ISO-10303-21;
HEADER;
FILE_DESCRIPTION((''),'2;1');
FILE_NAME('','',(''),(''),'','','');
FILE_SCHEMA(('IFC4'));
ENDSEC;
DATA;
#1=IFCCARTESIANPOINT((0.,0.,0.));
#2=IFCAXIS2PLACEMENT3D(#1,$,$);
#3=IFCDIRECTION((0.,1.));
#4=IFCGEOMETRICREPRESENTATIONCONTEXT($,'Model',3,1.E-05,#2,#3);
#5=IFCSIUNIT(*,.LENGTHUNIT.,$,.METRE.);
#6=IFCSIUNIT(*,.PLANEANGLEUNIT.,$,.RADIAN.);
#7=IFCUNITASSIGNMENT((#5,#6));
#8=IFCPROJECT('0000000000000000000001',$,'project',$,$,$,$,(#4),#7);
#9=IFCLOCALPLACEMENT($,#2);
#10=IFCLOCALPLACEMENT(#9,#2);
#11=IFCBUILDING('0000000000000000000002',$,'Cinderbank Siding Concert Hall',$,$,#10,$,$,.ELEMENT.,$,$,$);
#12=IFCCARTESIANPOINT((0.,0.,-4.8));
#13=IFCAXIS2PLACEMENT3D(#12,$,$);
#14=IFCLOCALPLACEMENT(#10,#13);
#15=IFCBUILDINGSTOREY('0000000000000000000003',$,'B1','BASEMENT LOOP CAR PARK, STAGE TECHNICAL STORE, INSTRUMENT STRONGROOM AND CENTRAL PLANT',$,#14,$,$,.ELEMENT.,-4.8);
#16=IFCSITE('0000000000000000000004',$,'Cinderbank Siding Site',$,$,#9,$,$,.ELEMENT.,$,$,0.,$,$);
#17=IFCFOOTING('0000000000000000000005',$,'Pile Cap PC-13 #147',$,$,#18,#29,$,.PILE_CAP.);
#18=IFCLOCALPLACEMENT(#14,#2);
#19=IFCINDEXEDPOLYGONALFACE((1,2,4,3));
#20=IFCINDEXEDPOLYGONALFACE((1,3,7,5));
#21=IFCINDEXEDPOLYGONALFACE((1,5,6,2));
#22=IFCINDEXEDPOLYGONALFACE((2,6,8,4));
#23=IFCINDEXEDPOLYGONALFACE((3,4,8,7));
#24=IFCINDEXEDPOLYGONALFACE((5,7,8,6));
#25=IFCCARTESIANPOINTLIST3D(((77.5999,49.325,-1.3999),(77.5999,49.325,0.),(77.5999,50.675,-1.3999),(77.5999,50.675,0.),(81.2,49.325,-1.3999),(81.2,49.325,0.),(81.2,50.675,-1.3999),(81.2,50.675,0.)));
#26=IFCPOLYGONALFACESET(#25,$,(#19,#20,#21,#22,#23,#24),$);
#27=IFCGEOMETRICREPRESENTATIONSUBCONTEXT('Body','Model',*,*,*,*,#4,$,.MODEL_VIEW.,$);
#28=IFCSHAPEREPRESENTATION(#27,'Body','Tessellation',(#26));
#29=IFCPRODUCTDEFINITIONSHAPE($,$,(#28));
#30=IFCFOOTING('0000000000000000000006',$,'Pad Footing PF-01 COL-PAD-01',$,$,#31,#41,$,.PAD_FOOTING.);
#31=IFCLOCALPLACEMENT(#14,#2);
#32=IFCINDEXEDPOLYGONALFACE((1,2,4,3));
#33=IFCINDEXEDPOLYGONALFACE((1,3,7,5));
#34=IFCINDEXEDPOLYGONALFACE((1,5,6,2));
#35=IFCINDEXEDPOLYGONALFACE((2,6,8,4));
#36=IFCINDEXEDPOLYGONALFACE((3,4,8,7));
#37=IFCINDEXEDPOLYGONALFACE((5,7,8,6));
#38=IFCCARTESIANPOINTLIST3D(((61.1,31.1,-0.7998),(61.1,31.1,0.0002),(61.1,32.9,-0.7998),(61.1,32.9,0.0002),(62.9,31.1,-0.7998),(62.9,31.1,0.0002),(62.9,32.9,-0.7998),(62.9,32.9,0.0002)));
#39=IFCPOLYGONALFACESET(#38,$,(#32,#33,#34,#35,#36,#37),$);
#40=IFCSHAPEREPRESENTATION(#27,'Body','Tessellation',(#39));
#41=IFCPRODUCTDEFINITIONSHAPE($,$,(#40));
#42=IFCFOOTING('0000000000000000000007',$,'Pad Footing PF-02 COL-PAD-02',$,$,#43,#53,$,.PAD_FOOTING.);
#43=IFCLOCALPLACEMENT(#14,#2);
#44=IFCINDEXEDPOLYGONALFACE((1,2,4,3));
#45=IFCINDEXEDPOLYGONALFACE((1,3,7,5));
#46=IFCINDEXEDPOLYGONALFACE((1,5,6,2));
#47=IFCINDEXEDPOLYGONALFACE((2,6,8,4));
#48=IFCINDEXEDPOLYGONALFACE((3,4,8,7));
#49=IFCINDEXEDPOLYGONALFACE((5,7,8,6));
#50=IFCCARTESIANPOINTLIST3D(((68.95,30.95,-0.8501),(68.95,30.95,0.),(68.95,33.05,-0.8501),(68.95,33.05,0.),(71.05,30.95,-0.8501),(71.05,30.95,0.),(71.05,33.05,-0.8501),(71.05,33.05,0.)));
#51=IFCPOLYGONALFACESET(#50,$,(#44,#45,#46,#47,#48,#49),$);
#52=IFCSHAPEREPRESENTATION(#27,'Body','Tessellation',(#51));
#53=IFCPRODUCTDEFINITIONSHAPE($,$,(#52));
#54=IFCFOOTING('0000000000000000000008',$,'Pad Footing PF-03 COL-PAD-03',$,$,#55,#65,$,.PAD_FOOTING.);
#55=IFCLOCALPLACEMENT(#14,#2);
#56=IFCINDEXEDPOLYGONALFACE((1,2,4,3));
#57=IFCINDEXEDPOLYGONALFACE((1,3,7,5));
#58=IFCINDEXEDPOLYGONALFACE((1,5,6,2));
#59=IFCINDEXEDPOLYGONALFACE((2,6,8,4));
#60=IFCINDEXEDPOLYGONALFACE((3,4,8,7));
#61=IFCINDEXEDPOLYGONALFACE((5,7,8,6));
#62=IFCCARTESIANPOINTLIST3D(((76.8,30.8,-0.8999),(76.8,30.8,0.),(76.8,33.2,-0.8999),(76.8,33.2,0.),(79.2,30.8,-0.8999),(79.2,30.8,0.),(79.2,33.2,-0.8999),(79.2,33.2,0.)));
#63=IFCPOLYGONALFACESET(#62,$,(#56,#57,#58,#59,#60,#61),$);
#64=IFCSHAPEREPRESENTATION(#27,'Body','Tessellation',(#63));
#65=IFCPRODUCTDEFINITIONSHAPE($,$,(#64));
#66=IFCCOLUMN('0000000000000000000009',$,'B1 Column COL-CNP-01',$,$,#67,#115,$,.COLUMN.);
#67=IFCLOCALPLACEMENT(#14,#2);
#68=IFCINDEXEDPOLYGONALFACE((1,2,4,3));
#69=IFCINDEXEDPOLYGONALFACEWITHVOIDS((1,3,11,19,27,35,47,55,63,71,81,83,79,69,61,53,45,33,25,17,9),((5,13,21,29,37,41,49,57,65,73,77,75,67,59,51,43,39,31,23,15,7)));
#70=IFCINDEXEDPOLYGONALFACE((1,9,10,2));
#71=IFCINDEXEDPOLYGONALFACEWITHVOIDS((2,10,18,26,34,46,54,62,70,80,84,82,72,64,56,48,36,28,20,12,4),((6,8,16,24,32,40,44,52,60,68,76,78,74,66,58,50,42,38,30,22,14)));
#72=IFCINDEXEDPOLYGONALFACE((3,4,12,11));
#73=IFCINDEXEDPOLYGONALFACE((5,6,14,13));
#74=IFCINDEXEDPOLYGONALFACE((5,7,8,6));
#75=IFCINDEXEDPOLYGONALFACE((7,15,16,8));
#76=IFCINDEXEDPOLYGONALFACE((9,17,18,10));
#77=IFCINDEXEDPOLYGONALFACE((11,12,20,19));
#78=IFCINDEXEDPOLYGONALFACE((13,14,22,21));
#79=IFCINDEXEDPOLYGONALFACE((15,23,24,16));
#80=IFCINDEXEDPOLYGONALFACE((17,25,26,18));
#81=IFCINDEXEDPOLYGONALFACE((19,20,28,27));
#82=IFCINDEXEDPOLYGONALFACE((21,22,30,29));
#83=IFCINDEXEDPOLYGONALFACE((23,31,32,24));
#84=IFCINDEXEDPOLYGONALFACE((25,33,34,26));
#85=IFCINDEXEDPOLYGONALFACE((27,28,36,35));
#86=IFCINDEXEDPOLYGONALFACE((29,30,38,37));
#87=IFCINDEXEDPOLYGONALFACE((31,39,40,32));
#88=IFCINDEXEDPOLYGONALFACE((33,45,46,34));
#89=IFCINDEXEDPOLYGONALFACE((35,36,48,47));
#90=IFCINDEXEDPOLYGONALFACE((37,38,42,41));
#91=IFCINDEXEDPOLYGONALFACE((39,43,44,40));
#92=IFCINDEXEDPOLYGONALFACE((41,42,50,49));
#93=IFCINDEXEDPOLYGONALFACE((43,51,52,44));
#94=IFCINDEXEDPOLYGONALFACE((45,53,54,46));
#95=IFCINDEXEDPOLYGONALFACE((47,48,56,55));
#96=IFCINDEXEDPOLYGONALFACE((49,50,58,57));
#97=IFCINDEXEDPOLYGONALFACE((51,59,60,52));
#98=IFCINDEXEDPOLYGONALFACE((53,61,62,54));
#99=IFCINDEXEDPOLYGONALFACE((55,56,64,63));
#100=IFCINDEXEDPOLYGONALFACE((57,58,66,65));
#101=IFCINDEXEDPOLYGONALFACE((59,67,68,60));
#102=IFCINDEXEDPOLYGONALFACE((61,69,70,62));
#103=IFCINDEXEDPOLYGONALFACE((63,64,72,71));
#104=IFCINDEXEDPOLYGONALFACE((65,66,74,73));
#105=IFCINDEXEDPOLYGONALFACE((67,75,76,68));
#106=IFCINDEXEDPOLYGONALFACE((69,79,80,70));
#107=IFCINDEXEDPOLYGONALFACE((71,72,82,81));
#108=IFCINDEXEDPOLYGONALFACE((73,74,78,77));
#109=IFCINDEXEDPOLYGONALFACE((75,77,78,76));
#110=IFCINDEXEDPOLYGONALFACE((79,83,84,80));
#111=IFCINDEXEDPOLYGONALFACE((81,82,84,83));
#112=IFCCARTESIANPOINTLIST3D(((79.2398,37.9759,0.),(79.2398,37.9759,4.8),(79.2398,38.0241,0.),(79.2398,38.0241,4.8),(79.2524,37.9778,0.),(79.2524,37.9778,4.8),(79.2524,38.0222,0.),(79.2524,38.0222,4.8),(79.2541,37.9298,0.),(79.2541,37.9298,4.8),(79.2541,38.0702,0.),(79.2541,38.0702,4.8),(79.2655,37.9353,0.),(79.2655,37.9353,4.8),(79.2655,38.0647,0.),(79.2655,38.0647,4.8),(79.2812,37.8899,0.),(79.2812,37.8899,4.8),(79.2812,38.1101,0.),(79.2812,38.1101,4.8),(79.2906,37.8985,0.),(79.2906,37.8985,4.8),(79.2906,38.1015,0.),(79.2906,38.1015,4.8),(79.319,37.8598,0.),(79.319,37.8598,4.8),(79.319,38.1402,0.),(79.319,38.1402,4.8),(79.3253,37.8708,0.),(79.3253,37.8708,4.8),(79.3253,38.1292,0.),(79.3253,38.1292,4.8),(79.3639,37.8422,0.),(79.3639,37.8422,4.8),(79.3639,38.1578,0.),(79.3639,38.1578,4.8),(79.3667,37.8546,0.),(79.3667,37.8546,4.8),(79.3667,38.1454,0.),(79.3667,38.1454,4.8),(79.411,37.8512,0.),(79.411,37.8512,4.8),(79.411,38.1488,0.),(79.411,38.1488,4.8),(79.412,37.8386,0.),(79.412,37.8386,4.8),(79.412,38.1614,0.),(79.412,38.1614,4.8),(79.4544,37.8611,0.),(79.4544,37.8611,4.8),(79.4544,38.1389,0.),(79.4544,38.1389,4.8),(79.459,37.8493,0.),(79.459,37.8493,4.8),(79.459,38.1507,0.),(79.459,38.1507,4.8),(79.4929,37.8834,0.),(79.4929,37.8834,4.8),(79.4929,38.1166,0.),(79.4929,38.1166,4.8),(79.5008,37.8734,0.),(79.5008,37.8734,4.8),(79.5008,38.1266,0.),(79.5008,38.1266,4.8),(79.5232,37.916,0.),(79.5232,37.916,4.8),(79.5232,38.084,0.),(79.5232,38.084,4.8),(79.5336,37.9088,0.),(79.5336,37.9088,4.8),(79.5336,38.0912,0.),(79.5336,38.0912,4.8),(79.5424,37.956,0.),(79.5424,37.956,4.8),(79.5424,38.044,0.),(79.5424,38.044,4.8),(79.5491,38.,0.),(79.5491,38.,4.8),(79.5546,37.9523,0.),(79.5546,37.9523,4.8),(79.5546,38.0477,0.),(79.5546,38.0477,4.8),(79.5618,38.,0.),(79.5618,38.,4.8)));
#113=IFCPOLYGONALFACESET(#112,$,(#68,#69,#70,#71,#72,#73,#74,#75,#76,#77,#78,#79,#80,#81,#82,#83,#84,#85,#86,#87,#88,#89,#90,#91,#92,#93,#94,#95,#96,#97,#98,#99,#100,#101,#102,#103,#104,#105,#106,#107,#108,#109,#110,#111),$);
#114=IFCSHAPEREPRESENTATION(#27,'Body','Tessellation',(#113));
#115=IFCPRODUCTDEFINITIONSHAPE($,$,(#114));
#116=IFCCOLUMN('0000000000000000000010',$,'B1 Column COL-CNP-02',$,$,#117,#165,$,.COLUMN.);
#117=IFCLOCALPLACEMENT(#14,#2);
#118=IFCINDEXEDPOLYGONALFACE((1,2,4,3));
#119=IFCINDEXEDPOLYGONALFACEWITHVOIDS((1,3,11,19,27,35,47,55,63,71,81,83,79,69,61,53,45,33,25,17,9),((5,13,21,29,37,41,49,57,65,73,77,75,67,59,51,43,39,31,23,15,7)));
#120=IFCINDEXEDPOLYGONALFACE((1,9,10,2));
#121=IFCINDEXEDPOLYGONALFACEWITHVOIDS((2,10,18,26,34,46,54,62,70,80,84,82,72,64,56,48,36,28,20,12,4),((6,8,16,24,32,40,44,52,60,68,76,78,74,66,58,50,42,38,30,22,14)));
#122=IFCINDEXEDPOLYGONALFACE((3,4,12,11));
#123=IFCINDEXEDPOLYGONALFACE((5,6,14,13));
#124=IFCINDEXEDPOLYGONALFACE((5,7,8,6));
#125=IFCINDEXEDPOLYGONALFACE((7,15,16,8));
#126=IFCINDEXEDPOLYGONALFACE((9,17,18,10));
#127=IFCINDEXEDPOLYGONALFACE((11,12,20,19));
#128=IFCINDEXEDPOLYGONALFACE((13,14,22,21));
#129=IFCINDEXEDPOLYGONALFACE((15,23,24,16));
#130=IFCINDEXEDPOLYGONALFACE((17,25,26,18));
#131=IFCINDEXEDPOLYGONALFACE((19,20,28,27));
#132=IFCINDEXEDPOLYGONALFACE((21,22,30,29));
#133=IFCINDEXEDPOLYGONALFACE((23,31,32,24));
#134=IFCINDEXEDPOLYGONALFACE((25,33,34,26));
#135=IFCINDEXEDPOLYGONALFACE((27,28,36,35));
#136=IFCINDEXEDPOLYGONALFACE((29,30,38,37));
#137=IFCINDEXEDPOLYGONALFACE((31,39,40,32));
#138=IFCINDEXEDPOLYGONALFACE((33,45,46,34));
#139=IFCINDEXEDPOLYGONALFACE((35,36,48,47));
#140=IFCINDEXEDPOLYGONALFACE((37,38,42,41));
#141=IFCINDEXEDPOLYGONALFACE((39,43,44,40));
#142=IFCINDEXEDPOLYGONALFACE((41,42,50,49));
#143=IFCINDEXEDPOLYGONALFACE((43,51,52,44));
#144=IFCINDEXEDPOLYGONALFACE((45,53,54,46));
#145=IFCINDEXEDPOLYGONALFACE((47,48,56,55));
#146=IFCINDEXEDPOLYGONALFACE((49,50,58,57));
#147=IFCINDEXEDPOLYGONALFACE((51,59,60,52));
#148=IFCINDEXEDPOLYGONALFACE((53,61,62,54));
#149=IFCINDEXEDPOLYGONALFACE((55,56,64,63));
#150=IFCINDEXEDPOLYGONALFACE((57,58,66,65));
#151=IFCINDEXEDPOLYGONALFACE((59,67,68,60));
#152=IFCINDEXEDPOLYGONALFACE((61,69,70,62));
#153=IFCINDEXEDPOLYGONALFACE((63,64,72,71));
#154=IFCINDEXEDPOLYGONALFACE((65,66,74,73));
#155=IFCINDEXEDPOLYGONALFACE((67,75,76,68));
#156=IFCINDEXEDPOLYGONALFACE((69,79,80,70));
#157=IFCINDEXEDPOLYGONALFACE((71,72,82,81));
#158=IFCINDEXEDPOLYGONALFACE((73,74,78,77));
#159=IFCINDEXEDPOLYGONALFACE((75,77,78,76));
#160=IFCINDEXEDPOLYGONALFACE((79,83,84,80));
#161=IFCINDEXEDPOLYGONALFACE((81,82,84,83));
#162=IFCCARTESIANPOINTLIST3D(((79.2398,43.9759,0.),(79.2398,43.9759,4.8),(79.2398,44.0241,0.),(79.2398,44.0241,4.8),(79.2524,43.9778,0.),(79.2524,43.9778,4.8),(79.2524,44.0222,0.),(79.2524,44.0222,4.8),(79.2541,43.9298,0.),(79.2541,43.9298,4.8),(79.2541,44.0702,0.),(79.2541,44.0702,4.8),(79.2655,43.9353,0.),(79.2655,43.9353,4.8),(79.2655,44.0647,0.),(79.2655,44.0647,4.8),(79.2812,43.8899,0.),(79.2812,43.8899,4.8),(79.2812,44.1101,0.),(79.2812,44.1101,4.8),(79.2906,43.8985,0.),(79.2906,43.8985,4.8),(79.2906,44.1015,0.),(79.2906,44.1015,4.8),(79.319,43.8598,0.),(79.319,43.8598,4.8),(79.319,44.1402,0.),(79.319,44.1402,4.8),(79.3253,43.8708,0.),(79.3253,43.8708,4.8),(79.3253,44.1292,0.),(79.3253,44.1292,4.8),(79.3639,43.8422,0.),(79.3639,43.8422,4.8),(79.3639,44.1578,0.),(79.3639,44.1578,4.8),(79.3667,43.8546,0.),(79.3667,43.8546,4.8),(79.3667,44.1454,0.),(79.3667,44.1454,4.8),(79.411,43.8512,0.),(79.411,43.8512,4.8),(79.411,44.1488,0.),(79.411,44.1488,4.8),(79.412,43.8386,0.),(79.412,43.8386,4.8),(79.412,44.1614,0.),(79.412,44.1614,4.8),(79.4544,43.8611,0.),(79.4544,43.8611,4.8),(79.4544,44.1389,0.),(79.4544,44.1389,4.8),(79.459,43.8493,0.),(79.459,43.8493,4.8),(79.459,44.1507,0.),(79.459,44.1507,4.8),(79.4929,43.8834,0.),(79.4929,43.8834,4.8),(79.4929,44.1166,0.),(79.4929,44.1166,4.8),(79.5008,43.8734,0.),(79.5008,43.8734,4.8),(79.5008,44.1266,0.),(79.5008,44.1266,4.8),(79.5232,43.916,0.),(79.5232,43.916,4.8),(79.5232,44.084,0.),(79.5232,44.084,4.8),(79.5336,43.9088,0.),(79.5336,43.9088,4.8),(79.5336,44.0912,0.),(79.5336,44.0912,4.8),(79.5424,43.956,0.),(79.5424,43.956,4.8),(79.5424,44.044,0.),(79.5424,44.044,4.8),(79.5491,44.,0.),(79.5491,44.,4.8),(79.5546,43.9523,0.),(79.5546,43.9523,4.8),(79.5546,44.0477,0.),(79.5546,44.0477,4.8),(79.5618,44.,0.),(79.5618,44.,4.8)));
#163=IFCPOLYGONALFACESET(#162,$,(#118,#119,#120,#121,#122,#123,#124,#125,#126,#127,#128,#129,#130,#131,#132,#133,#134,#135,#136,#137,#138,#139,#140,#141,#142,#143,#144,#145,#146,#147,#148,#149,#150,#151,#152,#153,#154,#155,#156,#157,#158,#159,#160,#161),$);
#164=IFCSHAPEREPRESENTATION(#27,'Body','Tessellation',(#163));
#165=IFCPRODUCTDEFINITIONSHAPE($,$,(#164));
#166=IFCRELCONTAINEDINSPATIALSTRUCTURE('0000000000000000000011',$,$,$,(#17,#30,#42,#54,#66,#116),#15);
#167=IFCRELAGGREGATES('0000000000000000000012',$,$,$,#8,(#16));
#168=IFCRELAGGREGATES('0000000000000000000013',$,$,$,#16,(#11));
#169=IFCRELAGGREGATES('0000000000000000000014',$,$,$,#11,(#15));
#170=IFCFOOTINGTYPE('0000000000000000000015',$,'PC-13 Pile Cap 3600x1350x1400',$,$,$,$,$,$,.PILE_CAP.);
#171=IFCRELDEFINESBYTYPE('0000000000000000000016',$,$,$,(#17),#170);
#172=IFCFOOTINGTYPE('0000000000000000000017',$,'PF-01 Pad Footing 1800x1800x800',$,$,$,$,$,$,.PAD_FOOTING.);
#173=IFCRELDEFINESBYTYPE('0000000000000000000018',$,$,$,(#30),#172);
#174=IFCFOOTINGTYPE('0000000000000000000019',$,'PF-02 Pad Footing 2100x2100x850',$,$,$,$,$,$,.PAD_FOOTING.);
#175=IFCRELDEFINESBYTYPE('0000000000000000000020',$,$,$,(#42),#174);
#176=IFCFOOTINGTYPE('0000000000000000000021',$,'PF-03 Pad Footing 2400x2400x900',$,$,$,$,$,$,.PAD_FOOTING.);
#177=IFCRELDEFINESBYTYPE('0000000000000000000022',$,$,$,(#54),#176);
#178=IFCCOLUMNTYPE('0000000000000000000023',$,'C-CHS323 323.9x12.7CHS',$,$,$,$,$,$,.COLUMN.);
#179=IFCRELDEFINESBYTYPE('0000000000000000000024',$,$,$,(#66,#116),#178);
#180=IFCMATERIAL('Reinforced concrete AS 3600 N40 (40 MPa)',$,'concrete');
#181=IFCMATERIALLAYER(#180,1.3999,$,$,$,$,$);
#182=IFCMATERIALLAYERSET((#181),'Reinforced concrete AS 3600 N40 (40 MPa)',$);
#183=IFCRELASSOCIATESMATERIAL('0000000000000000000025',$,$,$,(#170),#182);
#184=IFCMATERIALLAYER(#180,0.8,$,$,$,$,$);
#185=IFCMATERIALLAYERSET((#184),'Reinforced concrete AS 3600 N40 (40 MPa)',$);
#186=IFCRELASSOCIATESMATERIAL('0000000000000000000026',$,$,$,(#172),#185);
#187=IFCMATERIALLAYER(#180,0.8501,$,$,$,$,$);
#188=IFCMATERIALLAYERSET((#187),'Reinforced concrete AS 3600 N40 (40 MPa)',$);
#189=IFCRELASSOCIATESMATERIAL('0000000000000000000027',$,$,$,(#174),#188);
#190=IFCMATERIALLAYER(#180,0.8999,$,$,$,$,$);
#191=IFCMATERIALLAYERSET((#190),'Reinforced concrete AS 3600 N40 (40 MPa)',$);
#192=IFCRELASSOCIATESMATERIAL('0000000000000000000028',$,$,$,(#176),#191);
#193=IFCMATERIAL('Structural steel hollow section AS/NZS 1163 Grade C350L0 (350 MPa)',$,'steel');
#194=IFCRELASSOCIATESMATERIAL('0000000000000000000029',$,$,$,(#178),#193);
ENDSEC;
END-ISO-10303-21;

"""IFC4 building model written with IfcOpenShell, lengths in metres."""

from ifc_helpers import new_model, si_unit, direction, frame, origin, origin_2d, place, context, subcontext, project, spatial, rectangle, hollow_circle, extrude, material, layer, layer_set, material_profile, profile_set, type_object, element, save


model = new_model("IFC4")

# Units and contexts
model_context = context("Model", 3, precision=1e-05, world=origin(), true_north=direction((0.0, 1.0)))
body_context = subcontext(model_context, "Body", "Model", "MODEL_VIEW")
ifc_project = project(units=[si_unit("LENGTHUNIT", "METRE"), si_unit("PLANEANGLEUNIT", "RADIAN")], contexts=[model_context])

# Site, building, storey
site_placement = place(None, origin())
site = spatial("IfcSite", under=ifc_project, at=site_placement, Name="Cinderbank Siding Site", CompositionType="ELEMENT", RefElevation=0.0)
building_placement = place(site_placement, origin())
building = spatial("IfcBuilding", under=site, at=building_placement, Name="Cinderbank Siding Concert Hall", CompositionType="ELEMENT")
storey_placement = place(building_placement, frame((0.0, 0.0, -4.8)))
storey = spatial("IfcBuildingStorey", under=building, at=storey_placement, Name="B1", Description="BASEMENT LOOP CAR PARK, STAGE TECHNICAL STORE, INSTRUMENT STRONGROOM AND CENTRAL PLANT", CompositionType="ELEMENT", Elevation=-4.8)

# Shared definitions
ifc_material_1 = material(Name="Reinforced concrete AS 3600 N40 (40 MPa)", Category="concrete")

# Footings
ifc_layer_1 = layer(ifc_material_1, 1.3999)
ifc_layer_set_1 = layer_set([ifc_layer_1], Name="Reinforced concrete AS 3600 N40 (40 MPa)")
footing_type_1 = type_object("IfcFootingType", Name="PC-13 Pile Cap 3600x1350x1400", PredefinedType="PILE_CAP", material=ifc_layer_set_1)
for number, where, z_axis, x_axis, name in (
    (1, (79.3999, 50.0, -1.3999), (0.0, 0.0, 1.0), (1.0, 0.0, 0.0), "Pile Cap PC-13 #147"),
):
    element("IfcFooting", number, at=place(storey_placement, frame(where, z_axis=z_axis, x_axis=x_axis)), inside=storey, type_object=footing_type_1, Name=name, PredefinedType="PILE_CAP", context=body_context, shape_type="SweptSolid", body=[
        extrude(rectangle(XDim=3.6001, YDim=1.3501, at=origin_2d()), origin(), (0.0, 0.0, 1.0), 1.3999),
    ])
ifc_layer_2 = layer(ifc_material_1, 0.8)
ifc_layer_set_2 = layer_set([ifc_layer_2], Name="Reinforced concrete AS 3600 N40 (40 MPa)")
footing_type_2 = type_object("IfcFootingType", Name="PF-01 Pad Footing 1800x1800x800", PredefinedType="PAD_FOOTING", material=ifc_layer_set_2)
footing_1_placement = place(storey_placement, frame((62.0, 32.0, -0.7998), z_axis=(0.0, 0.0, 1.0), x_axis=(1.0, 0.0, 0.0)))
element("IfcFooting", 2, at=footing_1_placement, inside=storey, type_object=footing_type_2, Name="Pad Footing PF-01 COL-PAD-01", PredefinedType="PAD_FOOTING", context=body_context, shape_type="SweptSolid", body=[
    extrude(rectangle(XDim=1.8, YDim=1.8, at=origin_2d()), origin(), (0.0, 0.0, 1.0), 0.8),
])
ifc_layer_3 = layer(ifc_material_1, 0.8501)
ifc_layer_set_3 = layer_set([ifc_layer_3], Name="Reinforced concrete AS 3600 N40 (40 MPa)")
footing_type_3 = type_object("IfcFootingType", Name="PF-02 Pad Footing 2100x2100x850", PredefinedType="PAD_FOOTING", material=ifc_layer_set_3)
footing_2_placement = place(storey_placement, frame((70.0, 32.0, -0.8501), z_axis=(0.0, 0.0, 1.0), x_axis=(1.0, 0.0, 0.0)))
element("IfcFooting", 3, at=footing_2_placement, inside=storey, type_object=footing_type_3, Name="Pad Footing PF-02 COL-PAD-02", PredefinedType="PAD_FOOTING", context=body_context, shape_type="SweptSolid", body=[
    extrude(rectangle(XDim=2.1001, YDim=2.1001, at=origin_2d()), origin(), (0.0, 0.0, 1.0), 0.8501),
])
ifc_layer_4 = layer(ifc_material_1, 0.8999)
ifc_layer_set_4 = layer_set([ifc_layer_4], Name="Reinforced concrete AS 3600 N40 (40 MPa)")
footing_type_4 = type_object("IfcFootingType", Name="PF-03 Pad Footing 2400x2400x900", PredefinedType="PAD_FOOTING", material=ifc_layer_set_4)
footing_3_placement = place(storey_placement, frame((78.0, 32.0, -0.8999), z_axis=(0.0, 0.0, 1.0), x_axis=(1.0, 0.0, 0.0)))
element("IfcFooting", 4, at=footing_3_placement, inside=storey, type_object=footing_type_4, Name="Pad Footing PF-03 COL-PAD-03", PredefinedType="PAD_FOOTING", context=body_context, shape_type="SweptSolid", body=[
    extrude(rectangle(XDim=2.3999, YDim=2.3999, at=origin_2d()), origin(), (0.0, 0.0, 1.0), 0.8999),
])

# Columns
ifc_material_2 = material(Name="Structural steel hollow section AS/NZS 1163 Grade C350L0 (350 MPa)", Category="steel")
ifc_material_profile_1 = material_profile(ifc_material_2, hollow_circle(Radius=0.1619, WallThickness=0.0127, at=origin_2d()), Name="323.9x12.7CHS", Category="LoadBearing")
ifc_profile_set_1 = profile_set([ifc_material_profile_1], Name="Structural steel hollow section AS/NZS 1163 Grade C350L0 (350 MPa)")
column_type = type_object("IfcColumnType", Name="C-CHS323 323.9x12.7CHS", PredefinedType="COLUMN", material=ifc_profile_set_1)
for number, where, z_axis, x_axis, name in (
    (5, (79.3999, 38.0, 0.0), (0.0, 0.0, 1.0), (1.0, 0.0, 0.0), "B1 Column COL-CNP-01"),
    (6, (79.3999, 44.0, 0.0), (0.0, 0.0, 1.0), (1.0, 0.0, 0.0), "B1 Column COL-CNP-02"),
):
    element("IfcColumn", number, at=place(storey_placement, frame(where, z_axis=z_axis, x_axis=x_axis)), inside=storey, type_object=column_type, Name=name, PredefinedType="COLUMN", context=body_context, shape_type="SweptSolid", body=[
        extrude(hollow_circle(Radius=0.1619, WallThickness=0.0127, at=origin_2d()), origin(), (0.0, 0.0, 1.0), 4.8),
    ])

save(model, "model.ifc")
